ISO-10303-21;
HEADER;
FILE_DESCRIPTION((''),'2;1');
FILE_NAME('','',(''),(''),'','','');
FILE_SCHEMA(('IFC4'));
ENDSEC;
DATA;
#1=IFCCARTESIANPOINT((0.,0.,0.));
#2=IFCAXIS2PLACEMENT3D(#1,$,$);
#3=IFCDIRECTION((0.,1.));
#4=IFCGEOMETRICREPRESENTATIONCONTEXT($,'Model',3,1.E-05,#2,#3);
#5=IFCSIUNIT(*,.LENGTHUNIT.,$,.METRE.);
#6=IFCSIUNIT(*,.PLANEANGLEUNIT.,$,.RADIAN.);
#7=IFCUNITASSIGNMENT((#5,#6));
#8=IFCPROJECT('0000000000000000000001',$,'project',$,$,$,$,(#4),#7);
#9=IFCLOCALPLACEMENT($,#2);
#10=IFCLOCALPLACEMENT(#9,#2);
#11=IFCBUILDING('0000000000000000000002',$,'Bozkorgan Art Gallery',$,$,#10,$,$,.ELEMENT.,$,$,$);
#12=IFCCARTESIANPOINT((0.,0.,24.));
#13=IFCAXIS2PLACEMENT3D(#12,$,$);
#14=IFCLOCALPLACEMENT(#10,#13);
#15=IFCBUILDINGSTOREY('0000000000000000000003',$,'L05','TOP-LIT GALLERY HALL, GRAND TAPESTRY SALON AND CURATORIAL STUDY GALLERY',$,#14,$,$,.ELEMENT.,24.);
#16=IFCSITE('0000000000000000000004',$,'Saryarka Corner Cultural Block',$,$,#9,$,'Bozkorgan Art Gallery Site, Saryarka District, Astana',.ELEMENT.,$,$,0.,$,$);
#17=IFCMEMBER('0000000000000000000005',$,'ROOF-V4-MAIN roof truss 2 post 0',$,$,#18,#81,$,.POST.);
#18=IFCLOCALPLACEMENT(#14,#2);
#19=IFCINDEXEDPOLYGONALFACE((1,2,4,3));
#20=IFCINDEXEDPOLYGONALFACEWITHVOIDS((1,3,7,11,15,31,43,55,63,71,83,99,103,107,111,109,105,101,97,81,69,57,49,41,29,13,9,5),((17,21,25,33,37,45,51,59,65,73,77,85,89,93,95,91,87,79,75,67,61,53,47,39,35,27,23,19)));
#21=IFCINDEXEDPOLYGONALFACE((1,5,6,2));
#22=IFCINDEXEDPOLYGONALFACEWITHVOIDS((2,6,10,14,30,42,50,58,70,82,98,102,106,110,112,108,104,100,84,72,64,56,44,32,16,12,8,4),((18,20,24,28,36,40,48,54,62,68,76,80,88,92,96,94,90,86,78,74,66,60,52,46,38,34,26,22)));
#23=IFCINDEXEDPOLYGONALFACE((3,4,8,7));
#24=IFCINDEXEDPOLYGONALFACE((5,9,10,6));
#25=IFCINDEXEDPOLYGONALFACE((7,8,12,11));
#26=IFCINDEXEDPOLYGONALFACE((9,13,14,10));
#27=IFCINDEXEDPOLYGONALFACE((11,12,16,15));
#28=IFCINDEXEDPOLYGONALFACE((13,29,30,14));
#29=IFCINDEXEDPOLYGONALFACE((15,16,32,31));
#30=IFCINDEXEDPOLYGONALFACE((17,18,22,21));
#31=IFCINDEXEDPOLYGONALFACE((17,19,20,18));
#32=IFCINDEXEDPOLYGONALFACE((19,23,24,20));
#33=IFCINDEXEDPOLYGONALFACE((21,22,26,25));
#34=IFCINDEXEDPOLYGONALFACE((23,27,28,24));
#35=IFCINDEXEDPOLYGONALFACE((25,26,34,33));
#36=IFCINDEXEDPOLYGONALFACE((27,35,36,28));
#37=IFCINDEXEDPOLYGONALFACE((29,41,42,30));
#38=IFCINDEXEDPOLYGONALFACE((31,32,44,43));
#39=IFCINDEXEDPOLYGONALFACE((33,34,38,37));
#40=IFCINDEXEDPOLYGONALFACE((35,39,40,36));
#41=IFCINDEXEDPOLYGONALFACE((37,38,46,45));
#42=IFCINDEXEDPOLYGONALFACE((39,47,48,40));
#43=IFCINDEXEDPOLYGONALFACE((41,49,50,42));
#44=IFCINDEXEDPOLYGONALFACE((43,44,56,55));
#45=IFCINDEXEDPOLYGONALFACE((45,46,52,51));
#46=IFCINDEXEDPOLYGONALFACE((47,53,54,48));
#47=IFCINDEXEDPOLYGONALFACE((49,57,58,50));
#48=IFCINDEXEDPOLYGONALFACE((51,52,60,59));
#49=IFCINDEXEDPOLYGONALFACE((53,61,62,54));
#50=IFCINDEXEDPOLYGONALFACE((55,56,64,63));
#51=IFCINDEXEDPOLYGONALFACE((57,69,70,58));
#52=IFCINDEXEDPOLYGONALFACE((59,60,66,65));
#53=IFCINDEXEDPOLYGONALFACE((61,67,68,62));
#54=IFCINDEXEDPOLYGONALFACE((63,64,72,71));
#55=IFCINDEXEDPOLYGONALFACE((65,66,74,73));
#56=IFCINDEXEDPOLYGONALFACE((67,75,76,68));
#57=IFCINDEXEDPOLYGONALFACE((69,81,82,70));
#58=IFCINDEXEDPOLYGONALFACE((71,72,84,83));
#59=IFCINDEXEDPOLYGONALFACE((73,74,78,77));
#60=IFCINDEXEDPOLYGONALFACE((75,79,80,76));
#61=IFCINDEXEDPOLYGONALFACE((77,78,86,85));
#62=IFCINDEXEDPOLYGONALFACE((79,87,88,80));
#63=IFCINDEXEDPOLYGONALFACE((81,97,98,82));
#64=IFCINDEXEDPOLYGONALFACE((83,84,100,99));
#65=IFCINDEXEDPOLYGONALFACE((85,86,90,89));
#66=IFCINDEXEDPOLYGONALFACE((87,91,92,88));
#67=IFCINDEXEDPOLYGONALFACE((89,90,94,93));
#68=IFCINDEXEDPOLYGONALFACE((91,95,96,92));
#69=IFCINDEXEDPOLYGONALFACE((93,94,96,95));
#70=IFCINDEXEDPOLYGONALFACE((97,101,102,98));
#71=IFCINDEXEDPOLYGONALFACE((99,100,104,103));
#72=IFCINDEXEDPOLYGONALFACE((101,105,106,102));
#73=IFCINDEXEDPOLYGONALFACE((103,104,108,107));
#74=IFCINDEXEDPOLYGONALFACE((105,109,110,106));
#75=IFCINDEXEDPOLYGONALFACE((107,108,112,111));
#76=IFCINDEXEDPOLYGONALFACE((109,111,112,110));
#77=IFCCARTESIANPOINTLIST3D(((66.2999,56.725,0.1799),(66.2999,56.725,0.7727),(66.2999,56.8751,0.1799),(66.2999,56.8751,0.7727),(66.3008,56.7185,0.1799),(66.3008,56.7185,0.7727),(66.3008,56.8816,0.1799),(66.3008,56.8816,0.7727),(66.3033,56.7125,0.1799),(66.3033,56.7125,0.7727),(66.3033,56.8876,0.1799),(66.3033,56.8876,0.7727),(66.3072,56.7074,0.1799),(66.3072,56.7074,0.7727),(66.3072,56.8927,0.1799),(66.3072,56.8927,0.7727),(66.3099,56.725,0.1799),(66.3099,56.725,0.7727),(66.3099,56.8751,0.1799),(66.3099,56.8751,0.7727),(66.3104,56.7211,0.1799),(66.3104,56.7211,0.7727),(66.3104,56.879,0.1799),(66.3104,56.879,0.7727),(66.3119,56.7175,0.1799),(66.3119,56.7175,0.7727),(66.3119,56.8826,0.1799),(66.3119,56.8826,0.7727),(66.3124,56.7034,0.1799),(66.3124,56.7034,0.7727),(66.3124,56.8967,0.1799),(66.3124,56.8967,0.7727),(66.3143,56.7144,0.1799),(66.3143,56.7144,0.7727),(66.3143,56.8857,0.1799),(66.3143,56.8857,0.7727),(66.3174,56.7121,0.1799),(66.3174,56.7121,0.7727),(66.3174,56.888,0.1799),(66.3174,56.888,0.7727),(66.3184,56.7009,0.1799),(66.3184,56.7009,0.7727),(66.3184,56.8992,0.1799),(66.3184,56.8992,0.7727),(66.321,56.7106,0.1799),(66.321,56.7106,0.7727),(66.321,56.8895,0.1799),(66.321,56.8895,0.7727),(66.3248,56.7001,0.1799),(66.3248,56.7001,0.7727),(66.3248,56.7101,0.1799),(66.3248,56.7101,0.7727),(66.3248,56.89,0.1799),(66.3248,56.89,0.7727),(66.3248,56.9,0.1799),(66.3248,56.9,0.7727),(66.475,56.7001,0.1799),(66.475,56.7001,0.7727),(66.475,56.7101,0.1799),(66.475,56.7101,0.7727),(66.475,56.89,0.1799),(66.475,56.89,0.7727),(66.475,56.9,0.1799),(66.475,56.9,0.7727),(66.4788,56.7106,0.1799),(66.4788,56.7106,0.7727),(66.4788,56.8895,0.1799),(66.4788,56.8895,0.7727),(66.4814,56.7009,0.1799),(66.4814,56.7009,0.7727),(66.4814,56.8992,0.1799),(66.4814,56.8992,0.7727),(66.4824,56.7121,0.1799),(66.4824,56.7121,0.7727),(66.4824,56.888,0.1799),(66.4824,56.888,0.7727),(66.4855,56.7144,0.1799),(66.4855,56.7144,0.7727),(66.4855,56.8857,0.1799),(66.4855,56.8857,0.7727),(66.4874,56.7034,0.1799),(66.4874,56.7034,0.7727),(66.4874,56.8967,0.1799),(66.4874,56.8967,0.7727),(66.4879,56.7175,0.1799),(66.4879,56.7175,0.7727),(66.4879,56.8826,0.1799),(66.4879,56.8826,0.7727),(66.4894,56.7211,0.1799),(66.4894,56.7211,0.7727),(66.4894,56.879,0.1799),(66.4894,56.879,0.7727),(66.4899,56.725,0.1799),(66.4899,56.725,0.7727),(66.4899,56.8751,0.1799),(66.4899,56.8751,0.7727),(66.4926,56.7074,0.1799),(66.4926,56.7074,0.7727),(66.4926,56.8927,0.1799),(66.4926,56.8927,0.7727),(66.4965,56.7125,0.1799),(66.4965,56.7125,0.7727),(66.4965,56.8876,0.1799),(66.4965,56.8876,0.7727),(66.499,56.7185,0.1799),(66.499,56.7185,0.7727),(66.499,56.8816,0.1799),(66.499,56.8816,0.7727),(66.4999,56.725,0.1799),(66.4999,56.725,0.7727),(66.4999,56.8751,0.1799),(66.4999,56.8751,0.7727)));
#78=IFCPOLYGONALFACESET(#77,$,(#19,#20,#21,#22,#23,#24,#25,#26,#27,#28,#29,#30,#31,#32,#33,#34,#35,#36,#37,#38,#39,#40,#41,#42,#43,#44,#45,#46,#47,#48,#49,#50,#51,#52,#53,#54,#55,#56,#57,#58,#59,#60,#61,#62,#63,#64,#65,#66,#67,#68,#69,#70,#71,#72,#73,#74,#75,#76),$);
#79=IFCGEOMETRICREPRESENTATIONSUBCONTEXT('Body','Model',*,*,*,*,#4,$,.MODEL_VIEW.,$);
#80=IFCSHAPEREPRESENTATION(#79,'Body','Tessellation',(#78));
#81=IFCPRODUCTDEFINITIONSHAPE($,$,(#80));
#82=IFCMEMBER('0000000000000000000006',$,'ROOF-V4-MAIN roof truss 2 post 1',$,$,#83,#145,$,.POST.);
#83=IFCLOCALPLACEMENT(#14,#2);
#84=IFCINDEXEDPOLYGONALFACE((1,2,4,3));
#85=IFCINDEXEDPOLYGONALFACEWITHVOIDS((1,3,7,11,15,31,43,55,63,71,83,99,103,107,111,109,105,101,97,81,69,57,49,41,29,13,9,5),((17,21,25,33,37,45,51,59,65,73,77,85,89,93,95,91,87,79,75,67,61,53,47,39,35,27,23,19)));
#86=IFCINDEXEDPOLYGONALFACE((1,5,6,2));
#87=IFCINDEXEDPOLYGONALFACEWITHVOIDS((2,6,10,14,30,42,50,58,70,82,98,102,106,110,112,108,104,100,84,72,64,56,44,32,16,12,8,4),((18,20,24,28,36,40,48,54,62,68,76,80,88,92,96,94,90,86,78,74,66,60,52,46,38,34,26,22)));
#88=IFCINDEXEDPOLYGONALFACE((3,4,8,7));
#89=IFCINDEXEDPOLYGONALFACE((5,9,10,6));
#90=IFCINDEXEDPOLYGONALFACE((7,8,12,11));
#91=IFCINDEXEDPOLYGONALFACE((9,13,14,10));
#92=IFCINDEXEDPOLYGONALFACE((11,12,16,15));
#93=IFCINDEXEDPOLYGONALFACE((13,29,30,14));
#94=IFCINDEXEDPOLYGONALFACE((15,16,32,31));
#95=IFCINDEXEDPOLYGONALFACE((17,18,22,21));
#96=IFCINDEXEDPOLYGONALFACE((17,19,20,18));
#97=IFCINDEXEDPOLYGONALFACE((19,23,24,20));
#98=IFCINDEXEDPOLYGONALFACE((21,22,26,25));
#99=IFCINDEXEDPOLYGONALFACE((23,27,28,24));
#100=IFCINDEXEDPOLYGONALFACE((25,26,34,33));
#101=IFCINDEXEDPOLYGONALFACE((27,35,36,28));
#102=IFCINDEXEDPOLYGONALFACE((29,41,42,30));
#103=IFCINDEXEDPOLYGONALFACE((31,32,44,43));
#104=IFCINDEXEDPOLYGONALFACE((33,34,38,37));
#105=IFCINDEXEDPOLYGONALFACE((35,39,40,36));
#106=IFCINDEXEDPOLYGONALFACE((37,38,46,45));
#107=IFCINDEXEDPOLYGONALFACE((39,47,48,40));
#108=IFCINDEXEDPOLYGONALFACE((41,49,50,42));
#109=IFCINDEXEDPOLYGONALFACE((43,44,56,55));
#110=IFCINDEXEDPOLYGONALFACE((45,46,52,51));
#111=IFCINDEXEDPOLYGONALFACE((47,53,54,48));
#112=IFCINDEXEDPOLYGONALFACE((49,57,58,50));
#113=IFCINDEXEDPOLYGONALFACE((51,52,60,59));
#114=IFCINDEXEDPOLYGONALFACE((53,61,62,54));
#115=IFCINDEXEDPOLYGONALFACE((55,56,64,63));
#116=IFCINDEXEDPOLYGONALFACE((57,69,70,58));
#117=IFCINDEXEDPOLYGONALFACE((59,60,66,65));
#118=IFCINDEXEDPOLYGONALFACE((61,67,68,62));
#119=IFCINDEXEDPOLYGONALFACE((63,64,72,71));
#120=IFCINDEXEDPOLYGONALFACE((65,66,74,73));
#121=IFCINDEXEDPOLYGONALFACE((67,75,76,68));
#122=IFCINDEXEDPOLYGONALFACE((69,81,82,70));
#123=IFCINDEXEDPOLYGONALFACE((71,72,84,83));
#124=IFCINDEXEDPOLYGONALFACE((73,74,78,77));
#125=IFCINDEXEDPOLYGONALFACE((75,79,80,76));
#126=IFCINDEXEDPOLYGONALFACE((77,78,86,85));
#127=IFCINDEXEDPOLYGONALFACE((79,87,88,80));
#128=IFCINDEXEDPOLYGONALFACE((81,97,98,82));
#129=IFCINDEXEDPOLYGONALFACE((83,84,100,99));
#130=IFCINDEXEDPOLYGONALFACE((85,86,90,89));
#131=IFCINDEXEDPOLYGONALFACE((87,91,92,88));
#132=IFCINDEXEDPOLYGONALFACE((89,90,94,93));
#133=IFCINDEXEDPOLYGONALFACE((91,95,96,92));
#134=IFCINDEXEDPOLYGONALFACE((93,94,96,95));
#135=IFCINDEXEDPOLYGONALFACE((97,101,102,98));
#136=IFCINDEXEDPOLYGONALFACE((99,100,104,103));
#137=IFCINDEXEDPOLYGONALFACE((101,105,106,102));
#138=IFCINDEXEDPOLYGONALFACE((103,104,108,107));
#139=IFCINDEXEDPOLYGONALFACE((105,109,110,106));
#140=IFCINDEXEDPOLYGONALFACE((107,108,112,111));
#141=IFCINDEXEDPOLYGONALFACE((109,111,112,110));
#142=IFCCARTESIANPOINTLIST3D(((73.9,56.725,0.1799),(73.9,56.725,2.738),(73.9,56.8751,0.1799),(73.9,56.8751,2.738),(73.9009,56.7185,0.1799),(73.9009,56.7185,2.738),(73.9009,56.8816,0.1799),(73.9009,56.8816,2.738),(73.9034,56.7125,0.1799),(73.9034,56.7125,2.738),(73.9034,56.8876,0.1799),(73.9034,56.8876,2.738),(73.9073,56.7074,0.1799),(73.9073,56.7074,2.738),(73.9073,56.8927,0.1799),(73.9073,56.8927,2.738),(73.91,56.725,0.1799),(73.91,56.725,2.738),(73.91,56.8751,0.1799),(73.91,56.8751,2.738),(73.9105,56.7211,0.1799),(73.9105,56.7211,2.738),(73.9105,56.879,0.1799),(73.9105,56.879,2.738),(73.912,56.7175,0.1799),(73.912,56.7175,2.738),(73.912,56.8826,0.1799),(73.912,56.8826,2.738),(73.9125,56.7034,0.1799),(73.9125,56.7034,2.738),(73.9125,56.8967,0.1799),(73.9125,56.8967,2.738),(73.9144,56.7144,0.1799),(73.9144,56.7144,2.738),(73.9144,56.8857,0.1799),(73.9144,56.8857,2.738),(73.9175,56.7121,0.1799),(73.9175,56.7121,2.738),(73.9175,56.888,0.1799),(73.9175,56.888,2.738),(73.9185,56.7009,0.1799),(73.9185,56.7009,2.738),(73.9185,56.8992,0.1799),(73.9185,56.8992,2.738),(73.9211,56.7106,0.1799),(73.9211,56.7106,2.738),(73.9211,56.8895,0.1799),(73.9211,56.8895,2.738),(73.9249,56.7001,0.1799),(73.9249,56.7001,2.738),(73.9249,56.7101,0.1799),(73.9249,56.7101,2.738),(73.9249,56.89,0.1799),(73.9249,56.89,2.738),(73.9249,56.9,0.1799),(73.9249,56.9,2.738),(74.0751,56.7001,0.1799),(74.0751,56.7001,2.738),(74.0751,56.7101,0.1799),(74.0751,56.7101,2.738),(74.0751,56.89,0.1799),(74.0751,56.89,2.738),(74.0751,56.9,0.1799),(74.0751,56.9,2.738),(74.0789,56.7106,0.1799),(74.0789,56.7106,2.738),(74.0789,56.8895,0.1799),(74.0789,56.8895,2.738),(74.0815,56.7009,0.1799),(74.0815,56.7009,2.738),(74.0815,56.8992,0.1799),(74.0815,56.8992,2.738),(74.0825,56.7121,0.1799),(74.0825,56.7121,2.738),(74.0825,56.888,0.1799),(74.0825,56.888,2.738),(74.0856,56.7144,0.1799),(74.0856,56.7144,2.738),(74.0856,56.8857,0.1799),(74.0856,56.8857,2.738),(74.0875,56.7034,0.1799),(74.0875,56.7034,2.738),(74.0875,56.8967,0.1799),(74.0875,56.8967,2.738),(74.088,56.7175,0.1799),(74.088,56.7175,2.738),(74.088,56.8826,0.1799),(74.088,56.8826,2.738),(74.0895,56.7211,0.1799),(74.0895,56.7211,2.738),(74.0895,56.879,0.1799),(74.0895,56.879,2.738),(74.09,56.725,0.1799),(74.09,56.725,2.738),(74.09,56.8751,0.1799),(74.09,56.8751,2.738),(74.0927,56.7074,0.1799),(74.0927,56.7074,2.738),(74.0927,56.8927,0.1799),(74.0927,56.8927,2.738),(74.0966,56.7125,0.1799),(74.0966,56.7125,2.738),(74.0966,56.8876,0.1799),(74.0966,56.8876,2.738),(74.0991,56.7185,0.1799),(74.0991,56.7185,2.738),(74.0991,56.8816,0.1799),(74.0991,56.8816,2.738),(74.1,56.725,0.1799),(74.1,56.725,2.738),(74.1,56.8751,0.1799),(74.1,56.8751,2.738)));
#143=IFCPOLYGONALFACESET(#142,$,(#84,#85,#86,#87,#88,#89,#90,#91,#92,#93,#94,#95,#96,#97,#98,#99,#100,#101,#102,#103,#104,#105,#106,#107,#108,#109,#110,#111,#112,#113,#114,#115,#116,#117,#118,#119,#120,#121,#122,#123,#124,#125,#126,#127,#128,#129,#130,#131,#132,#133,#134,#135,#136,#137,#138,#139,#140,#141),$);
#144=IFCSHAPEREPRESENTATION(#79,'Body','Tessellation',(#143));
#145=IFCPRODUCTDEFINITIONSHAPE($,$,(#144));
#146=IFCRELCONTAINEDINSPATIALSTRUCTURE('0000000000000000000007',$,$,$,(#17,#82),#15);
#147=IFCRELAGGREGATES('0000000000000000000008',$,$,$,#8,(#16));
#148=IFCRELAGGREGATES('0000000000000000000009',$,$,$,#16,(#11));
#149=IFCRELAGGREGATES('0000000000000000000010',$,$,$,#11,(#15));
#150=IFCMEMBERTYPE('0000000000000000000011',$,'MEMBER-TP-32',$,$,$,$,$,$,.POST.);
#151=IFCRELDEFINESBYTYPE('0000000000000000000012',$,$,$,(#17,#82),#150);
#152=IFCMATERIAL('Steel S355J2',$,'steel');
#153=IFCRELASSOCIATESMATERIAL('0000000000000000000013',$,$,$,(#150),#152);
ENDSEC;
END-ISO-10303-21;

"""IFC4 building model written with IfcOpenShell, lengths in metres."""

from ifc_helpers import new_model, si_unit, direction, frame, origin, origin_2d, place, context, subcontext, project, spatial, hollow_rectangle, extrude, material, material_profile, profile_set, type_object, element, save


model = new_model("IFC4")

# Units and contexts
model_context = context("Model", 3, precision=1e-05, world=origin(), true_north=direction((0.0, 1.0)))
body_context = subcontext(model_context, "Body", "Model", "MODEL_VIEW")
ifc_project = project(units=[si_unit("LENGTHUNIT", "METRE"), si_unit("PLANEANGLEUNIT", "RADIAN")], contexts=[model_context])

# Site, building, storey
site_placement = place(None, origin())
site = spatial("IfcSite", under=ifc_project, at=site_placement, Name="Saryarka Corner Cultural Block", LongName="Bozkorgan Art Gallery Site, Saryarka District, Astana", CompositionType="ELEMENT", RefElevation=0.0)
building_placement = place(site_placement, origin())
building = spatial("IfcBuilding", under=site, at=building_placement, Name="Bozkorgan Art Gallery", CompositionType="ELEMENT")
storey_placement = place(building_placement, frame((0.0, 0.0, 24.0)))
storey = spatial("IfcBuildingStorey", under=building, at=storey_placement, Name="L05", Description="TOP-LIT GALLERY HALL, GRAND TAPESTRY SALON AND CURATORIAL STUDY GALLERY", CompositionType="ELEMENT", Elevation=24.0)

# Shared definitions
ifc_material_1 = material(Name="Steel S355J2", Category="steel")

# Members
ifc_material_profile_1 = material_profile(ifc_material_1, hollow_rectangle(XDim=0.2, YDim=0.2, WallThickness=0.01, InnerFilletRadius=0.0149, OuterFilletRadius=0.0249, at=origin_2d()), Name="SHS 200x200x10")
ifc_profile_set_1 = profile_set([ifc_material_profile_1], Name="Steel S355J2")
member_type_1 = type_object("IfcMemberType", Name="MEMBER-TP-32", PredefinedType="POST", material=ifc_profile_set_1)
member_1_placement = place(storey_placement, frame((66.3999, 56.8, 0.1799), z_axis=(0.0, 0.0, 1.0), x_axis=(1.0, 0.0, 0.0)))
element("IfcMember", 1, at=member_1_placement, inside=storey, type_object=member_type_1, Name="ROOF-V4-MAIN roof truss 2 post 0", PredefinedType="POST", context=body_context, shape_type="SweptSolid", body=[
    extrude(hollow_rectangle(XDim=0.2, YDim=0.2, WallThickness=0.01, InnerFilletRadius=0.0149, OuterFilletRadius=0.0249, at=origin_2d()), origin(), (0.0, 0.0, 1.0), 0.5928),
])
member_2_placement = place(storey_placement, frame((74.0, 56.8, 0.1799), z_axis=(0.0, 0.0, 1.0), x_axis=(1.0, 0.0, 0.0)))
element("IfcMember", 2, at=member_2_placement, inside=storey, type_object=member_type_1, Name="ROOF-V4-MAIN roof truss 2 post 1", PredefinedType="POST", context=body_context, shape_type="SweptSolid", body=[
    extrude(hollow_rectangle(XDim=0.2, YDim=0.2, WallThickness=0.01, InnerFilletRadius=0.0149, OuterFilletRadius=0.0249, at=origin_2d()), origin(), (0.0, 0.0, 1.0), 2.5581),
])

save(model, "model.ifc")
